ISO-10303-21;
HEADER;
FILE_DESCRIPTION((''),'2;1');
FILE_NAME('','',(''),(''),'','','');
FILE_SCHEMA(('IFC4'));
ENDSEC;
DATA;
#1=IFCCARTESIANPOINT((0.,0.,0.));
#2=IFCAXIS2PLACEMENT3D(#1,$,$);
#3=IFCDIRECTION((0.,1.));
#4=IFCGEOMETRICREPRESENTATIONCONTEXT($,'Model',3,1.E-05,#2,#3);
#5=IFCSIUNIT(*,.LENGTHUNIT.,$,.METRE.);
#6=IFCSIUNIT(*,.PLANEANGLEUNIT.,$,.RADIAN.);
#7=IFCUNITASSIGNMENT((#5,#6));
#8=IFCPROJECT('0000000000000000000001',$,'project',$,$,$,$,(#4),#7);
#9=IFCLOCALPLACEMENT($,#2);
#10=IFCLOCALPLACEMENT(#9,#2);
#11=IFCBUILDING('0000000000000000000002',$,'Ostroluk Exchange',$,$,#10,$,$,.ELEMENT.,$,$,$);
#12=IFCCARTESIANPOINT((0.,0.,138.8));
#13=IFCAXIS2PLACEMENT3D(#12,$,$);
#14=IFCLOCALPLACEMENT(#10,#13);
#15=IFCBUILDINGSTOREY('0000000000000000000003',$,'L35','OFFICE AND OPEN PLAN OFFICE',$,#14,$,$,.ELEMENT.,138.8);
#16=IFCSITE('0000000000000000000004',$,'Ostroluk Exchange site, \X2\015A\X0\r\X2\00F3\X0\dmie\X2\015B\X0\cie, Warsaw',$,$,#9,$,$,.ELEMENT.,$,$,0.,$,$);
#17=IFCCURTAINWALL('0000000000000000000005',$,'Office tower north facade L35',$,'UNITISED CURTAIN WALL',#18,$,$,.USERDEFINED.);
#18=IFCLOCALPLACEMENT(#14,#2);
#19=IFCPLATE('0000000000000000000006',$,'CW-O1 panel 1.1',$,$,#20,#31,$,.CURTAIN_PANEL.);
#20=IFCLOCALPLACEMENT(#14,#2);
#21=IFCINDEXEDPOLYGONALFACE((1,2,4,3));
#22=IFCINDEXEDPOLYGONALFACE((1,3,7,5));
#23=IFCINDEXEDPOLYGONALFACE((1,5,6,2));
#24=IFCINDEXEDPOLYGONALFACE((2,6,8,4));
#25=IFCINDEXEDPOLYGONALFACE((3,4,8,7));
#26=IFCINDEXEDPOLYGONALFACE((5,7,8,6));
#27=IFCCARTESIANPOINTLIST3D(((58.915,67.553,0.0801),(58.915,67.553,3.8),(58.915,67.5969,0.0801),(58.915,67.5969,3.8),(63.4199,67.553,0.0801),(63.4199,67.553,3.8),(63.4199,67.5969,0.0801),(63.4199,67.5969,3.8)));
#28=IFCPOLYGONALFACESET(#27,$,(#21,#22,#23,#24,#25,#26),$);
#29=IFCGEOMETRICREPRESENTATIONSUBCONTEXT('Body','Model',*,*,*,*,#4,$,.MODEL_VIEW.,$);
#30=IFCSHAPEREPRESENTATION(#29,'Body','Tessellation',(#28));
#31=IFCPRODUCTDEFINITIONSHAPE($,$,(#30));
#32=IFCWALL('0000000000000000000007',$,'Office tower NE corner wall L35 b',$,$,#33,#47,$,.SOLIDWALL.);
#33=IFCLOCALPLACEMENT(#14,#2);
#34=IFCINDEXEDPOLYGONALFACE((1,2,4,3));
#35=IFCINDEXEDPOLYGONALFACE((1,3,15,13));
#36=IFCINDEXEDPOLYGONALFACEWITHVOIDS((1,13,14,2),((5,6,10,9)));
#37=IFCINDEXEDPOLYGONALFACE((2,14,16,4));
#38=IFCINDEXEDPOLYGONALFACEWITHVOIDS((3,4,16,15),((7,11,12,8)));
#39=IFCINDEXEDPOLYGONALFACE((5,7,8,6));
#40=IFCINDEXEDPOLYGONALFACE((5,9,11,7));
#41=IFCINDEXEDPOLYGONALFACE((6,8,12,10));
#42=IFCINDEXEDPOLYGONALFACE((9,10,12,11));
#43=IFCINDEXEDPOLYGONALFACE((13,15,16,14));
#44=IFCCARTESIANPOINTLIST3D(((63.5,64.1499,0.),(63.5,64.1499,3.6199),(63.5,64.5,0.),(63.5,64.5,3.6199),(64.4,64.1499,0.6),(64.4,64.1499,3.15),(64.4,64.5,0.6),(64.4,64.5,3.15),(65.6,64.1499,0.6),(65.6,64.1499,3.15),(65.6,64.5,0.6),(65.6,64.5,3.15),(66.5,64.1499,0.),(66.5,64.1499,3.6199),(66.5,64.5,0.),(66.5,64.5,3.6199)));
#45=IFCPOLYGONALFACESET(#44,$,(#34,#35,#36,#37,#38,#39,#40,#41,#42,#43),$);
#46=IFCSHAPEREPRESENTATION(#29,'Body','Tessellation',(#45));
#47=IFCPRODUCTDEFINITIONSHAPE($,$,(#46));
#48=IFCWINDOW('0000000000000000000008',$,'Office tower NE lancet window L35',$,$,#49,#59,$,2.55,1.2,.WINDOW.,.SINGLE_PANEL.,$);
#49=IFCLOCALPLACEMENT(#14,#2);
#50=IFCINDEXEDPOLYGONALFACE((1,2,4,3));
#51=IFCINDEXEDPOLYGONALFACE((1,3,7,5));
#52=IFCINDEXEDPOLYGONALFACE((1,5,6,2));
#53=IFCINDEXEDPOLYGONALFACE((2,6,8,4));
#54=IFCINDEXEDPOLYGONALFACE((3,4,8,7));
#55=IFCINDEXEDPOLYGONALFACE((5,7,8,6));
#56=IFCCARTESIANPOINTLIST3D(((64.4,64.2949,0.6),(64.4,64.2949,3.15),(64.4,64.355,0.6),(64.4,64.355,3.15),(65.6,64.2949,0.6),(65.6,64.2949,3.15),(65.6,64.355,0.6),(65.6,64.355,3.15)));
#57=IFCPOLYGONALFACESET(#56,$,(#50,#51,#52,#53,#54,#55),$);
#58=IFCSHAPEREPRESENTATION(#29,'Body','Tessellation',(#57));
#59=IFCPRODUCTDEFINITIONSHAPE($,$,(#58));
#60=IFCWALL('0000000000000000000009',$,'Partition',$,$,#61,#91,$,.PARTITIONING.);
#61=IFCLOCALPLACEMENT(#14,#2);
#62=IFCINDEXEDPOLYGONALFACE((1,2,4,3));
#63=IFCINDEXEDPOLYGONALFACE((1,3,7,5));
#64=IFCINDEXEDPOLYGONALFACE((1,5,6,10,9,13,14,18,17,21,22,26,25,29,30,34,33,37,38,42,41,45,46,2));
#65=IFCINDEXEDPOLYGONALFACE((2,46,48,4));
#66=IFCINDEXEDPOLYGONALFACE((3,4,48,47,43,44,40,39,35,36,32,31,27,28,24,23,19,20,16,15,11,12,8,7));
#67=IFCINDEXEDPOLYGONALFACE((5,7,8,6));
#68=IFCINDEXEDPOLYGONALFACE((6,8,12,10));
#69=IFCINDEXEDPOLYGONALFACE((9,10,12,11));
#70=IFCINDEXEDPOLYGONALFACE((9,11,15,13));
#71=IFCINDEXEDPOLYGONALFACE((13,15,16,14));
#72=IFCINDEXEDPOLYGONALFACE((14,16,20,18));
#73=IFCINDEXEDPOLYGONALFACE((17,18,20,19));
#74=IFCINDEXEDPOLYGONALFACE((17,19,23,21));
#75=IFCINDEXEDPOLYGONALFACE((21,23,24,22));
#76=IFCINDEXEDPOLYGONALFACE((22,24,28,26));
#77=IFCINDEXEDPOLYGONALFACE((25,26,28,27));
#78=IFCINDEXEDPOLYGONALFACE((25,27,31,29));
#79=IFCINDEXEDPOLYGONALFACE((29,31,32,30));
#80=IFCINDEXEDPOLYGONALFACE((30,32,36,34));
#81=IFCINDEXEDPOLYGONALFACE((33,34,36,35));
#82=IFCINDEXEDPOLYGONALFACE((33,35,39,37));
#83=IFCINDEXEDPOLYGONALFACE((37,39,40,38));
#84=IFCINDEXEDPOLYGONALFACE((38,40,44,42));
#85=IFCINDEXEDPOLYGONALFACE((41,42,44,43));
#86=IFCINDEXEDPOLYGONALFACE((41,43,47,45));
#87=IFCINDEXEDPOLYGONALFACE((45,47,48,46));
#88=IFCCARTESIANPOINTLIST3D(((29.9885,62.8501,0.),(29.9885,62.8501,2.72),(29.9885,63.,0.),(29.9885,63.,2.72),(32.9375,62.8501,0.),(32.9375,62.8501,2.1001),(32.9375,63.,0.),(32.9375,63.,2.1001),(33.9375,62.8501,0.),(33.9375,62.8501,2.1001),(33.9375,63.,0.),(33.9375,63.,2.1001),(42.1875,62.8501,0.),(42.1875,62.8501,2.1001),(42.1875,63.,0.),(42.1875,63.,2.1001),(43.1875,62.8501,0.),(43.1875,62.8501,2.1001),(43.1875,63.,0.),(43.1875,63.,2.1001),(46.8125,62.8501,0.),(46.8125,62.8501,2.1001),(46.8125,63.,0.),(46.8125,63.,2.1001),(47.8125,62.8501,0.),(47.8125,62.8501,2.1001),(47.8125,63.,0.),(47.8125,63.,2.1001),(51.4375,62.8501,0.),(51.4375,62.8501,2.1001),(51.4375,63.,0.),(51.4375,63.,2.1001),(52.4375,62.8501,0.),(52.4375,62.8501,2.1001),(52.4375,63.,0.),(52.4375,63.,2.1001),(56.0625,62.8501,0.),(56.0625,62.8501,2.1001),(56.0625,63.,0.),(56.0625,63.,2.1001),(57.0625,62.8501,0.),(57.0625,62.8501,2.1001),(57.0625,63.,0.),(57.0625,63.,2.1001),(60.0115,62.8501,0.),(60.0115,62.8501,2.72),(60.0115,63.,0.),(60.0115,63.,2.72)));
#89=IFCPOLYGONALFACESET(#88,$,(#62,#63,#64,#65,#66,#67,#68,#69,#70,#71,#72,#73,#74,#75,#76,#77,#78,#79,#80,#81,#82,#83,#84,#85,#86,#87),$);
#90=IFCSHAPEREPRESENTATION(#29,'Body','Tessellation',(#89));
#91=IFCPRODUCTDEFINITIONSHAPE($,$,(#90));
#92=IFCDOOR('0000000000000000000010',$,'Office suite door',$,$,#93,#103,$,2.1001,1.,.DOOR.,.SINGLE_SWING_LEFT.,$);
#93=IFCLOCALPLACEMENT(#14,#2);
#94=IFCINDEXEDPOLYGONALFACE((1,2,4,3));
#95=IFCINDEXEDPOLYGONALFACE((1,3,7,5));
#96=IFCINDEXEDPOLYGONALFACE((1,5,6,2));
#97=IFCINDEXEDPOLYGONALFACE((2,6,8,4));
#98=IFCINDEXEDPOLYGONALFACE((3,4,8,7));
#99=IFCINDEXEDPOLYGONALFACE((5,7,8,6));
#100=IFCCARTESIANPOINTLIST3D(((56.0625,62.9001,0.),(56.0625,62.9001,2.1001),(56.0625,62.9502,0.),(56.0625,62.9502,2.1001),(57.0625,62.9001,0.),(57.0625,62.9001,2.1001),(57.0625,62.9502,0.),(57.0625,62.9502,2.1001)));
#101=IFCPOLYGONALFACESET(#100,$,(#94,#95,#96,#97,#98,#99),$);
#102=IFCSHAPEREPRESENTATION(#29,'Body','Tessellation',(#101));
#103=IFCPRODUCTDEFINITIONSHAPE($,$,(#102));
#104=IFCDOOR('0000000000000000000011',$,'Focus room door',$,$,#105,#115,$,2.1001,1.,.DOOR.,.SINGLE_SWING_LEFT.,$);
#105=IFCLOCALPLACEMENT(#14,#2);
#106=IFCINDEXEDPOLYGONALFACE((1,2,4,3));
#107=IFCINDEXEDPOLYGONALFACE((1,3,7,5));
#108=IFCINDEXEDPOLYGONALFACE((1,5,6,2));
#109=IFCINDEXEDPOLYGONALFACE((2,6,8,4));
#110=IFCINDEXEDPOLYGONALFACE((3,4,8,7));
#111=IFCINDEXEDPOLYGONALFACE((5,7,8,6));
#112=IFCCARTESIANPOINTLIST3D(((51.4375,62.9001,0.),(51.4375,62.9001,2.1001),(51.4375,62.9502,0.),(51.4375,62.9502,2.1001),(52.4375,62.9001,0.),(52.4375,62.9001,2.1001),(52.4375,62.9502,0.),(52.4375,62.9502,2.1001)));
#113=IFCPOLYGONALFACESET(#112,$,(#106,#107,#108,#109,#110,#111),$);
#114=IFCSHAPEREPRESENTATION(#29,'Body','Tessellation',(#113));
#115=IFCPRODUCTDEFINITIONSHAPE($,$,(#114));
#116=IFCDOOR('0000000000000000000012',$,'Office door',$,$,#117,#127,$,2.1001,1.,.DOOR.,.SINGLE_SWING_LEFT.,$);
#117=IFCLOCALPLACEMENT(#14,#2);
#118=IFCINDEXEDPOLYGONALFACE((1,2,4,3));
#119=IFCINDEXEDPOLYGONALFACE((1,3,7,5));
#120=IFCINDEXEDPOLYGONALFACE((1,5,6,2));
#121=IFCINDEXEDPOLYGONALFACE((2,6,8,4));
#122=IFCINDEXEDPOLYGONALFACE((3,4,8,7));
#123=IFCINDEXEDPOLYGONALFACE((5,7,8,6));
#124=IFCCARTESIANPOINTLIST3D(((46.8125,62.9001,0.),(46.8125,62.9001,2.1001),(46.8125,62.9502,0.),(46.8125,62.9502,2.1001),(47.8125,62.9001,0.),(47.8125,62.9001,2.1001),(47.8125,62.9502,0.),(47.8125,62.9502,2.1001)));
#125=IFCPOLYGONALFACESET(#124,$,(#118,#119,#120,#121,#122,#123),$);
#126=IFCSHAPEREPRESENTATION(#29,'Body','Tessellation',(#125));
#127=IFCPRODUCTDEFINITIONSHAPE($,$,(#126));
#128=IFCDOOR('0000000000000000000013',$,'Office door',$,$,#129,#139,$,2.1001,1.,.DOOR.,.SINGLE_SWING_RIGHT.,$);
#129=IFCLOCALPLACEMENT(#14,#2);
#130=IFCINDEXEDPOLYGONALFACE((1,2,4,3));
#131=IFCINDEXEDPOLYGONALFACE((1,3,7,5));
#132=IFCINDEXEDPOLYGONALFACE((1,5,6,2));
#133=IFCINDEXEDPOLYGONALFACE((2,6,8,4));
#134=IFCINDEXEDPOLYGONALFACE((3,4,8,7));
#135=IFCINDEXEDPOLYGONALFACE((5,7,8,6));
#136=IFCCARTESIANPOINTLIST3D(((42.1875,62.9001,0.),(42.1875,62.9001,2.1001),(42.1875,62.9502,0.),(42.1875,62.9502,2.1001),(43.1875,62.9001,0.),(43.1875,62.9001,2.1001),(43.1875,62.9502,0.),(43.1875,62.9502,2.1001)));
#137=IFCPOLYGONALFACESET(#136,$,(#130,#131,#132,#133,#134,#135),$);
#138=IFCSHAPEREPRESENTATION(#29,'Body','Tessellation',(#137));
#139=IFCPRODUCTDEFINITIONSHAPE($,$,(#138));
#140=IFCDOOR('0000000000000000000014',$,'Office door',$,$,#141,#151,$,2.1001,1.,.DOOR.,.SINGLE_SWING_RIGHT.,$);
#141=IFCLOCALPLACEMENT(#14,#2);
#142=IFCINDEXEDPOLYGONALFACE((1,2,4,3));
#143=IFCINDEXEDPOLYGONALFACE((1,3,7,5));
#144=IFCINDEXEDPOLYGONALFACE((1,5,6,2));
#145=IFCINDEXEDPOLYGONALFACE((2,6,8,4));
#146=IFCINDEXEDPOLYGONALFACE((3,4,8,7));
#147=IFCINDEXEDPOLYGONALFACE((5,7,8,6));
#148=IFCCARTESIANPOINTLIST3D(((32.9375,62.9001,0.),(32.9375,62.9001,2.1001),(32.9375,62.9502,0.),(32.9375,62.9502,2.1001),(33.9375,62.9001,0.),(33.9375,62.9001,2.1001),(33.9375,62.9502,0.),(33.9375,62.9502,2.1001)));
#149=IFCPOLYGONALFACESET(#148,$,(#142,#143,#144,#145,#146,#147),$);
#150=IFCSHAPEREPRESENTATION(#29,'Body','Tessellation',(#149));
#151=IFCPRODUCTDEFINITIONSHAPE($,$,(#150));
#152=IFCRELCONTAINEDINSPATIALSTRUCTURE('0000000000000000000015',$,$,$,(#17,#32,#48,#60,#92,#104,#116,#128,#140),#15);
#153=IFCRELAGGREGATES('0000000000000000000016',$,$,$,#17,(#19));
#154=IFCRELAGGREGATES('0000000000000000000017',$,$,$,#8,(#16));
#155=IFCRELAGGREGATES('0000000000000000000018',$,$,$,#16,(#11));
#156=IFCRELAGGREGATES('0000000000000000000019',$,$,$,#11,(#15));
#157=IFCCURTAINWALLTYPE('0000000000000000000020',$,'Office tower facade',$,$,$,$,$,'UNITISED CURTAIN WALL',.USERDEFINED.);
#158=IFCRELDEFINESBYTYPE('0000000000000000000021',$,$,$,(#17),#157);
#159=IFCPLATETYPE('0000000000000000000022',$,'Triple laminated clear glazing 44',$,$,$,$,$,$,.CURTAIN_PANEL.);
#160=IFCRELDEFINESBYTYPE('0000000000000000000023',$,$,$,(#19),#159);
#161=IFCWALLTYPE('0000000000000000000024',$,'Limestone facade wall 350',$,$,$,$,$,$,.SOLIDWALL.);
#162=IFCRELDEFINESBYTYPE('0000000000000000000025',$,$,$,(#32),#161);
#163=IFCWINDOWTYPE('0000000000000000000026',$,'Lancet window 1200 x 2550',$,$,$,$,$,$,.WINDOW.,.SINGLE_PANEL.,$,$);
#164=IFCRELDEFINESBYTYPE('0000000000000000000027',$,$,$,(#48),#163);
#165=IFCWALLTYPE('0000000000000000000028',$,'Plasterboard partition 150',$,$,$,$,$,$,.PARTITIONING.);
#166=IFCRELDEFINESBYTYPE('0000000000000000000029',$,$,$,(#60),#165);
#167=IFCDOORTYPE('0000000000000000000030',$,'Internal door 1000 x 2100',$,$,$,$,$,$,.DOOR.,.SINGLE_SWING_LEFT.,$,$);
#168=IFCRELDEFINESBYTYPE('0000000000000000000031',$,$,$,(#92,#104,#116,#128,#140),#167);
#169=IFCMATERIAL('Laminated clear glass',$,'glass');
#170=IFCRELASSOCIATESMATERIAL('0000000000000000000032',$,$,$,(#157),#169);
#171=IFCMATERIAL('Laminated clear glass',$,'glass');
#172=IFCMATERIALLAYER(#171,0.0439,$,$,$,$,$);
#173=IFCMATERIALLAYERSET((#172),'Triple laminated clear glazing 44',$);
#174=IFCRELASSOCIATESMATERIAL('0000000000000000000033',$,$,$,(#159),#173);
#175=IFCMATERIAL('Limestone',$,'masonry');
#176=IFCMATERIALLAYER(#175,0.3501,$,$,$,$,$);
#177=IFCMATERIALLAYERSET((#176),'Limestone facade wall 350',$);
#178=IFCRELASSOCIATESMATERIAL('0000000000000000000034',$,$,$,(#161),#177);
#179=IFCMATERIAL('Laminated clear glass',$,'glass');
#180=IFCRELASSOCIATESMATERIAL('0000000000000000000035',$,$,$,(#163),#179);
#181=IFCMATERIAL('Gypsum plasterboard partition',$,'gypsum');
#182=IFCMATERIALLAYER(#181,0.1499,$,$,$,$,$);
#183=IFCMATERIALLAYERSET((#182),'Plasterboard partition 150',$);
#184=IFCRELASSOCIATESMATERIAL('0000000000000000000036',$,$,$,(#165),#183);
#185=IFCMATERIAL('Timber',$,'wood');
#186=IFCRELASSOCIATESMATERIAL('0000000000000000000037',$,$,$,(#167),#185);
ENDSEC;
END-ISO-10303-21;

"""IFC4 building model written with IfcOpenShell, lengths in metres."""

from ifc_helpers import new_model, si_unit, direction, frame, frame_2d, origin, origin_2d, place, context, subcontext, project, spatial, rectangle, extrude, material, layer, layer_set, type_object, element, fill, aggregate, save


model = new_model("IFC4")

# Units and contexts
model_context = context("Model", 3, precision=1e-05, world=origin(), true_north=direction((0.0, 1.0)))
body_context = subcontext(model_context, "Body", "Model", "MODEL_VIEW")
ifc_project = project(units=[si_unit("LENGTHUNIT", "METRE"), si_unit("PLANEANGLEUNIT", "RADIAN")], contexts=[model_context])

# Site, building, storey
site_placement = place(None, origin())
site = spatial("IfcSite", under=ifc_project, at=site_placement, Name="Ostroluk Exchange site, Śródmieście, Warsaw", CompositionType="ELEMENT", RefElevation=0.0)
building_placement = place(site_placement, origin())
building = spatial("IfcBuilding", under=site, at=building_placement, Name="Ostroluk Exchange", CompositionType="ELEMENT")
storey_placement = place(building_placement, frame((0.0, 0.0, 138.8)))
storey = spatial("IfcBuildingStorey", under=building, at=storey_placement, Name="L35", Description="OFFICE AND OPEN PLAN OFFICE", CompositionType="ELEMENT", Elevation=138.8)

# Curtain wall
ifc_material_1 = material(Name="Laminated clear glass", Category="glass")
curtain_wall_type = type_object("IfcCurtainWallType", Name="Office tower facade", ElementType="UNITISED CURTAIN WALL", PredefinedType="USERDEFINED", material=ifc_material_1)
curtain_wall_1_placement = place(storey_placement, origin())
curtain_wall_1 = element("IfcCurtainWall", 1, at=curtain_wall_1_placement, inside=storey, type_object=curtain_wall_type, Name="Office tower north facade L35", ObjectType="UNITISED CURTAIN WALL", PredefinedType="USERDEFINED")

# Plate
ifc_material_2 = material(Name="Laminated clear glass", Category="glass")
ifc_layer_1 = layer(ifc_material_2, 0.0439)
ifc_layer_set_1 = layer_set([ifc_layer_1], Name="Triple laminated clear glazing 44")
plate_type_1 = type_object("IfcPlateType", Name="Triple laminated clear glazing 44", PredefinedType="CURTAIN_PANEL", material=ifc_layer_set_1)
plate_1_placement = place(storey_placement, frame((61.1675, 67.575, 0.0801), z_axis=(0.0, 0.0, 1.0), x_axis=(-1.0, 0.0, 0.0)))
plate_1 = element("IfcPlate", 2, at=plate_1_placement, type_object=plate_type_1, Name="CW-O1 panel 1.1", PredefinedType="CURTAIN_PANEL", context=body_context, shape_type="SweptSolid", body=[
    extrude(rectangle(XDim=4.5049, YDim=0.0439, at=origin_2d()), origin(), (0.0, 0.0, 1.0), 3.72),
])
aggregate(curtain_wall_1, [plate_1])

# Shared definitions
ifc_material_3 = material(Name="Limestone", Category="masonry")
ifc_layer_2 = layer(ifc_material_3, 0.3501)
ifc_layer_set_2 = layer_set([ifc_layer_2], Name="Limestone facade wall 350")
wall_type_1 = type_object("IfcWallType", Name="Limestone facade wall 350", PredefinedType="SOLIDWALL", material=ifc_layer_set_2)

# Wall, opening, window
wall_1_placement = place(storey_placement, frame((63.5, 64.325, 0.0), z_axis=(0.0, 0.0, 1.0), x_axis=(1.0, 0.0, 0.0)))
wall_1 = element("IfcWall", 3, at=wall_1_placement, inside=storey, type_object=wall_type_1, Name="Office tower NE corner wall L35 b", PredefinedType="SOLIDWALL", context=body_context, shape_type="SweptSolid", body=[
    extrude(rectangle(XDim=3.0, YDim=0.3501, at=frame_2d((1.5, 0.0))), origin(), (0.0, 0.0, 1.0), 3.6199),
])
opening_1_placement = place(wall_1_placement, frame((0.8999, 0.0, 0.6001)))
opening_1 = element("IfcOpeningElement", 4, at=opening_1_placement, cuts=wall_1, PredefinedType="OPENING", context=body_context, shape_type="SweptSolid", body=[
    extrude(rectangle(XDim=1.2, YDim=2.55, at=frame_2d((0.6001, 1.2749))), frame((0.0, 0.1851, 0.0), z_axis=(0.0, -1.0, 0.0), x_axis=(1.0, 0.0, 0.0)), (0.0, 0.0, 1.0), 0.3701),
])
ifc_material_4 = material(Name="Laminated clear glass", Category="glass")
window_type = type_object("IfcWindowType", Name="Lancet window 1200 x 2550", PartitioningType="SINGLE_PANEL", PredefinedType="WINDOW", material=ifc_material_4)
window_placement = place(opening_1_placement, origin())
window = element("IfcWindow", 5, at=window_placement, inside=storey, type_object=window_type, Name="Office tower NE lancet window L35", OverallHeight=2.55, OverallWidth=1.2, PartitioningType="SINGLE_PANEL", PredefinedType="WINDOW", context=body_context, shape_type="SweptSolid", body=[
    extrude(rectangle(XDim=1.2, YDim=2.55, at=frame_2d((0.6001, 1.2749))), frame((0.0, 0.03, 0.0), z_axis=(0.0, -1.0, 0.0), x_axis=(1.0, 0.0, 0.0)), (0.0, 0.0, 1.0), 0.0601),
])
fill(opening_1, window)

# Wall, openings, doors
ifc_material_5 = material(Name="Gypsum plasterboard partition", Category="gypsum")
ifc_layer_3 = layer(ifc_material_5, 0.1499)
ifc_layer_set_3 = layer_set([ifc_layer_3], Name="Plasterboard partition 150")
wall_type_2 = type_object("IfcWallType", Name="Plasterboard partition 150", PredefinedType="PARTITIONING", material=ifc_layer_set_3)
wall_2_placement = place(storey_placement, frame((60.0115, 62.925, 0.0), z_axis=(0.0, 0.0, 1.0), x_axis=(-1.0, 0.0, 0.0)))
wall_2 = element("IfcWall", 6, at=wall_2_placement, inside=storey, type_object=wall_type_2, Name="Partition", PredefinedType="PARTITIONING", context=body_context, shape_type="SweptSolid", body=[
    extrude(rectangle(XDim=30.0229, YDim=0.1499, at=frame_2d((15.0115, 0.0))), origin(), (0.0, 0.0, 1.0), 2.72),
])
opening_2_placement = place(wall_2_placement, frame((2.949, 0.0, 0.0)))
opening_2 = element("IfcOpeningElement", 7, at=opening_2_placement, cuts=wall_2, PredefinedType="OPENING", context=body_context, shape_type="SweptSolid", body=[
    extrude(rectangle(XDim=1.0, YDim=2.1001, at=frame_2d((0.5, 1.05))), frame((0.0, 0.085, 0.0), z_axis=(0.0, -1.0, 0.0), x_axis=(1.0, 0.0, 0.0)), (0.0, 0.0, 1.0), 0.1699),
])
opening_3_placement = place(wall_2_placement, frame((7.574, 0.0, 0.0)))
opening_3 = element("IfcOpeningElement", 8, at=opening_3_placement, cuts=wall_2, PredefinedType="OPENING", context=body_context, shape_type="SweptSolid", body=[
    extrude(rectangle(XDim=1.0, YDim=2.1001, at=frame_2d((0.5, 1.05))), frame((0.0, 0.085, 0.0), z_axis=(0.0, -1.0, 0.0), x_axis=(1.0, 0.0, 0.0)), (0.0, 0.0, 1.0), 0.1699),
])
opening_4_placement = place(wall_2_placement, frame((12.199, 0.0, 0.0)))
opening_4 = element("IfcOpeningElement", 9, at=opening_4_placement, cuts=wall_2, PredefinedType="OPENING", context=body_context, shape_type="SweptSolid", body=[
    extrude(rectangle(XDim=1.0, YDim=2.1001, at=frame_2d((0.5, 1.05))), frame((0.0, 0.085, 0.0), z_axis=(0.0, -1.0, 0.0), x_axis=(1.0, 0.0, 0.0)), (0.0, 0.0, 1.0), 0.1699),
])
opening_5_placement = place(wall_2_placement, frame((16.824, 0.0, 0.0)))
opening_5 = element("IfcOpeningElement", 10, at=opening_5_placement, cuts=wall_2, PredefinedType="OPENING", context=body_context, shape_type="SweptSolid", body=[
    extrude(rectangle(XDim=1.0, YDim=2.1001, at=frame_2d((0.5, 1.05))), frame((0.0, 0.085, 0.0), z_axis=(0.0, -1.0, 0.0), x_axis=(1.0, 0.0, 0.0)), (0.0, 0.0, 1.0), 0.1699),
])
opening_6_placement = place(wall_2_placement, frame((26.074, 0.0, 0.0)))
opening_6 = element("IfcOpeningElement", 11, at=opening_6_placement, cuts=wall_2, PredefinedType="OPENING", context=body_context, shape_type="SweptSolid", body=[
    extrude(rectangle(XDim=1.0, YDim=2.1001, at=frame_2d((0.5, 1.05))), frame((0.0, 0.085, 0.0), z_axis=(0.0, -1.0, 0.0), x_axis=(1.0, 0.0, 0.0)), (0.0, 0.0, 1.0), 0.1699),
])
ifc_material_6 = material(Name="Timber", Category="wood")
door_type_1 = type_object("IfcDoorType", Name="Internal door 1000 x 2100", OperationType="SINGLE_SWING_LEFT", PredefinedType="DOOR", material=ifc_material_6)
door_1_placement = place(opening_2_placement, origin())
door_1 = element("IfcDoor", 12, at=door_1_placement, inside=storey, type_object=door_type_1, Name="Office suite door", OperationType="SINGLE_SWING_LEFT", OverallHeight=2.1001, OverallWidth=1.0, PredefinedType="DOOR", context=body_context, shape_type="SweptSolid", body=[
    extrude(rectangle(XDim=1.0, YDim=2.1001, at=frame_2d((0.5, 1.05))), frame((0.0, 0.0249, 0.0), z_axis=(0.0, -1.0, 0.0), x_axis=(1.0, 0.0, 0.0)), (0.0, 0.0, 1.0), 0.05),
])
fill(opening_2, door_1)
door_2_placement = place(opening_3_placement, origin())
door_2 = element("IfcDoor", 13, at=door_2_placement, inside=storey, type_object=door_type_1, Name="Focus room door", OperationType="SINGLE_SWING_LEFT", OverallHeight=2.1001, OverallWidth=1.0, PredefinedType="DOOR", context=body_context, shape_type="SweptSolid", body=[
    extrude(rectangle(XDim=1.0, YDim=2.1001, at=frame_2d((0.5, 1.05))), frame((0.0, 0.0249, 0.0), z_axis=(0.0, -1.0, 0.0), x_axis=(1.0, 0.0, 0.0)), (0.0, 0.0, 1.0), 0.05),
])
fill(opening_3, door_2)
door_3_placement = place(opening_4_placement, origin())
door_3 = element("IfcDoor", 14, at=door_3_placement, inside=storey, type_object=door_type_1, Name="Office door", OperationType="SINGLE_SWING_LEFT", OverallHeight=2.1001, OverallWidth=1.0, PredefinedType="DOOR", context=body_context, shape_type="SweptSolid", body=[
    extrude(rectangle(XDim=1.0, YDim=2.1001, at=frame_2d((0.5, 1.05))), frame((0.0, 0.0249, 0.0), z_axis=(0.0, -1.0, 0.0), x_axis=(1.0, 0.0, 0.0)), (0.0, 0.0, 1.0), 0.05),
])
fill(opening_4, door_3)
door_4_placement = place(opening_5_placement, origin())
door_4 = element("IfcDoor", 15, at=door_4_placement, inside=storey, type_object=door_type_1, Name="Office door", OperationType="SINGLE_SWING_RIGHT", OverallHeight=2.1001, OverallWidth=1.0, PredefinedType="DOOR", context=body_context, shape_type="SweptSolid", body=[
    extrude(rectangle(XDim=1.0, YDim=2.1001, at=frame_2d((0.5, 1.05))), frame((0.0, 0.0249, 0.0), z_axis=(0.0, -1.0, 0.0), x_axis=(1.0, 0.0, 0.0)), (0.0, 0.0, 1.0), 0.05),
])
fill(opening_5, door_4)
door_5_placement = place(opening_6_placement, origin())
door_5 = element("IfcDoor", 16, at=door_5_placement, inside=storey, type_object=door_type_1, Name="Office door", OperationType="SINGLE_SWING_RIGHT", OverallHeight=2.1001, OverallWidth=1.0, PredefinedType="DOOR", context=body_context, shape_type="SweptSolid", body=[
    extrude(rectangle(XDim=1.0, YDim=2.1001, at=frame_2d((0.5, 1.05))), frame((0.0, 0.0249, 0.0), z_axis=(0.0, -1.0, 0.0), x_axis=(1.0, 0.0, 0.0)), (0.0, 0.0, 1.0), 0.05),
])
fill(opening_6, door_5)

save(model, "model.ifc")
